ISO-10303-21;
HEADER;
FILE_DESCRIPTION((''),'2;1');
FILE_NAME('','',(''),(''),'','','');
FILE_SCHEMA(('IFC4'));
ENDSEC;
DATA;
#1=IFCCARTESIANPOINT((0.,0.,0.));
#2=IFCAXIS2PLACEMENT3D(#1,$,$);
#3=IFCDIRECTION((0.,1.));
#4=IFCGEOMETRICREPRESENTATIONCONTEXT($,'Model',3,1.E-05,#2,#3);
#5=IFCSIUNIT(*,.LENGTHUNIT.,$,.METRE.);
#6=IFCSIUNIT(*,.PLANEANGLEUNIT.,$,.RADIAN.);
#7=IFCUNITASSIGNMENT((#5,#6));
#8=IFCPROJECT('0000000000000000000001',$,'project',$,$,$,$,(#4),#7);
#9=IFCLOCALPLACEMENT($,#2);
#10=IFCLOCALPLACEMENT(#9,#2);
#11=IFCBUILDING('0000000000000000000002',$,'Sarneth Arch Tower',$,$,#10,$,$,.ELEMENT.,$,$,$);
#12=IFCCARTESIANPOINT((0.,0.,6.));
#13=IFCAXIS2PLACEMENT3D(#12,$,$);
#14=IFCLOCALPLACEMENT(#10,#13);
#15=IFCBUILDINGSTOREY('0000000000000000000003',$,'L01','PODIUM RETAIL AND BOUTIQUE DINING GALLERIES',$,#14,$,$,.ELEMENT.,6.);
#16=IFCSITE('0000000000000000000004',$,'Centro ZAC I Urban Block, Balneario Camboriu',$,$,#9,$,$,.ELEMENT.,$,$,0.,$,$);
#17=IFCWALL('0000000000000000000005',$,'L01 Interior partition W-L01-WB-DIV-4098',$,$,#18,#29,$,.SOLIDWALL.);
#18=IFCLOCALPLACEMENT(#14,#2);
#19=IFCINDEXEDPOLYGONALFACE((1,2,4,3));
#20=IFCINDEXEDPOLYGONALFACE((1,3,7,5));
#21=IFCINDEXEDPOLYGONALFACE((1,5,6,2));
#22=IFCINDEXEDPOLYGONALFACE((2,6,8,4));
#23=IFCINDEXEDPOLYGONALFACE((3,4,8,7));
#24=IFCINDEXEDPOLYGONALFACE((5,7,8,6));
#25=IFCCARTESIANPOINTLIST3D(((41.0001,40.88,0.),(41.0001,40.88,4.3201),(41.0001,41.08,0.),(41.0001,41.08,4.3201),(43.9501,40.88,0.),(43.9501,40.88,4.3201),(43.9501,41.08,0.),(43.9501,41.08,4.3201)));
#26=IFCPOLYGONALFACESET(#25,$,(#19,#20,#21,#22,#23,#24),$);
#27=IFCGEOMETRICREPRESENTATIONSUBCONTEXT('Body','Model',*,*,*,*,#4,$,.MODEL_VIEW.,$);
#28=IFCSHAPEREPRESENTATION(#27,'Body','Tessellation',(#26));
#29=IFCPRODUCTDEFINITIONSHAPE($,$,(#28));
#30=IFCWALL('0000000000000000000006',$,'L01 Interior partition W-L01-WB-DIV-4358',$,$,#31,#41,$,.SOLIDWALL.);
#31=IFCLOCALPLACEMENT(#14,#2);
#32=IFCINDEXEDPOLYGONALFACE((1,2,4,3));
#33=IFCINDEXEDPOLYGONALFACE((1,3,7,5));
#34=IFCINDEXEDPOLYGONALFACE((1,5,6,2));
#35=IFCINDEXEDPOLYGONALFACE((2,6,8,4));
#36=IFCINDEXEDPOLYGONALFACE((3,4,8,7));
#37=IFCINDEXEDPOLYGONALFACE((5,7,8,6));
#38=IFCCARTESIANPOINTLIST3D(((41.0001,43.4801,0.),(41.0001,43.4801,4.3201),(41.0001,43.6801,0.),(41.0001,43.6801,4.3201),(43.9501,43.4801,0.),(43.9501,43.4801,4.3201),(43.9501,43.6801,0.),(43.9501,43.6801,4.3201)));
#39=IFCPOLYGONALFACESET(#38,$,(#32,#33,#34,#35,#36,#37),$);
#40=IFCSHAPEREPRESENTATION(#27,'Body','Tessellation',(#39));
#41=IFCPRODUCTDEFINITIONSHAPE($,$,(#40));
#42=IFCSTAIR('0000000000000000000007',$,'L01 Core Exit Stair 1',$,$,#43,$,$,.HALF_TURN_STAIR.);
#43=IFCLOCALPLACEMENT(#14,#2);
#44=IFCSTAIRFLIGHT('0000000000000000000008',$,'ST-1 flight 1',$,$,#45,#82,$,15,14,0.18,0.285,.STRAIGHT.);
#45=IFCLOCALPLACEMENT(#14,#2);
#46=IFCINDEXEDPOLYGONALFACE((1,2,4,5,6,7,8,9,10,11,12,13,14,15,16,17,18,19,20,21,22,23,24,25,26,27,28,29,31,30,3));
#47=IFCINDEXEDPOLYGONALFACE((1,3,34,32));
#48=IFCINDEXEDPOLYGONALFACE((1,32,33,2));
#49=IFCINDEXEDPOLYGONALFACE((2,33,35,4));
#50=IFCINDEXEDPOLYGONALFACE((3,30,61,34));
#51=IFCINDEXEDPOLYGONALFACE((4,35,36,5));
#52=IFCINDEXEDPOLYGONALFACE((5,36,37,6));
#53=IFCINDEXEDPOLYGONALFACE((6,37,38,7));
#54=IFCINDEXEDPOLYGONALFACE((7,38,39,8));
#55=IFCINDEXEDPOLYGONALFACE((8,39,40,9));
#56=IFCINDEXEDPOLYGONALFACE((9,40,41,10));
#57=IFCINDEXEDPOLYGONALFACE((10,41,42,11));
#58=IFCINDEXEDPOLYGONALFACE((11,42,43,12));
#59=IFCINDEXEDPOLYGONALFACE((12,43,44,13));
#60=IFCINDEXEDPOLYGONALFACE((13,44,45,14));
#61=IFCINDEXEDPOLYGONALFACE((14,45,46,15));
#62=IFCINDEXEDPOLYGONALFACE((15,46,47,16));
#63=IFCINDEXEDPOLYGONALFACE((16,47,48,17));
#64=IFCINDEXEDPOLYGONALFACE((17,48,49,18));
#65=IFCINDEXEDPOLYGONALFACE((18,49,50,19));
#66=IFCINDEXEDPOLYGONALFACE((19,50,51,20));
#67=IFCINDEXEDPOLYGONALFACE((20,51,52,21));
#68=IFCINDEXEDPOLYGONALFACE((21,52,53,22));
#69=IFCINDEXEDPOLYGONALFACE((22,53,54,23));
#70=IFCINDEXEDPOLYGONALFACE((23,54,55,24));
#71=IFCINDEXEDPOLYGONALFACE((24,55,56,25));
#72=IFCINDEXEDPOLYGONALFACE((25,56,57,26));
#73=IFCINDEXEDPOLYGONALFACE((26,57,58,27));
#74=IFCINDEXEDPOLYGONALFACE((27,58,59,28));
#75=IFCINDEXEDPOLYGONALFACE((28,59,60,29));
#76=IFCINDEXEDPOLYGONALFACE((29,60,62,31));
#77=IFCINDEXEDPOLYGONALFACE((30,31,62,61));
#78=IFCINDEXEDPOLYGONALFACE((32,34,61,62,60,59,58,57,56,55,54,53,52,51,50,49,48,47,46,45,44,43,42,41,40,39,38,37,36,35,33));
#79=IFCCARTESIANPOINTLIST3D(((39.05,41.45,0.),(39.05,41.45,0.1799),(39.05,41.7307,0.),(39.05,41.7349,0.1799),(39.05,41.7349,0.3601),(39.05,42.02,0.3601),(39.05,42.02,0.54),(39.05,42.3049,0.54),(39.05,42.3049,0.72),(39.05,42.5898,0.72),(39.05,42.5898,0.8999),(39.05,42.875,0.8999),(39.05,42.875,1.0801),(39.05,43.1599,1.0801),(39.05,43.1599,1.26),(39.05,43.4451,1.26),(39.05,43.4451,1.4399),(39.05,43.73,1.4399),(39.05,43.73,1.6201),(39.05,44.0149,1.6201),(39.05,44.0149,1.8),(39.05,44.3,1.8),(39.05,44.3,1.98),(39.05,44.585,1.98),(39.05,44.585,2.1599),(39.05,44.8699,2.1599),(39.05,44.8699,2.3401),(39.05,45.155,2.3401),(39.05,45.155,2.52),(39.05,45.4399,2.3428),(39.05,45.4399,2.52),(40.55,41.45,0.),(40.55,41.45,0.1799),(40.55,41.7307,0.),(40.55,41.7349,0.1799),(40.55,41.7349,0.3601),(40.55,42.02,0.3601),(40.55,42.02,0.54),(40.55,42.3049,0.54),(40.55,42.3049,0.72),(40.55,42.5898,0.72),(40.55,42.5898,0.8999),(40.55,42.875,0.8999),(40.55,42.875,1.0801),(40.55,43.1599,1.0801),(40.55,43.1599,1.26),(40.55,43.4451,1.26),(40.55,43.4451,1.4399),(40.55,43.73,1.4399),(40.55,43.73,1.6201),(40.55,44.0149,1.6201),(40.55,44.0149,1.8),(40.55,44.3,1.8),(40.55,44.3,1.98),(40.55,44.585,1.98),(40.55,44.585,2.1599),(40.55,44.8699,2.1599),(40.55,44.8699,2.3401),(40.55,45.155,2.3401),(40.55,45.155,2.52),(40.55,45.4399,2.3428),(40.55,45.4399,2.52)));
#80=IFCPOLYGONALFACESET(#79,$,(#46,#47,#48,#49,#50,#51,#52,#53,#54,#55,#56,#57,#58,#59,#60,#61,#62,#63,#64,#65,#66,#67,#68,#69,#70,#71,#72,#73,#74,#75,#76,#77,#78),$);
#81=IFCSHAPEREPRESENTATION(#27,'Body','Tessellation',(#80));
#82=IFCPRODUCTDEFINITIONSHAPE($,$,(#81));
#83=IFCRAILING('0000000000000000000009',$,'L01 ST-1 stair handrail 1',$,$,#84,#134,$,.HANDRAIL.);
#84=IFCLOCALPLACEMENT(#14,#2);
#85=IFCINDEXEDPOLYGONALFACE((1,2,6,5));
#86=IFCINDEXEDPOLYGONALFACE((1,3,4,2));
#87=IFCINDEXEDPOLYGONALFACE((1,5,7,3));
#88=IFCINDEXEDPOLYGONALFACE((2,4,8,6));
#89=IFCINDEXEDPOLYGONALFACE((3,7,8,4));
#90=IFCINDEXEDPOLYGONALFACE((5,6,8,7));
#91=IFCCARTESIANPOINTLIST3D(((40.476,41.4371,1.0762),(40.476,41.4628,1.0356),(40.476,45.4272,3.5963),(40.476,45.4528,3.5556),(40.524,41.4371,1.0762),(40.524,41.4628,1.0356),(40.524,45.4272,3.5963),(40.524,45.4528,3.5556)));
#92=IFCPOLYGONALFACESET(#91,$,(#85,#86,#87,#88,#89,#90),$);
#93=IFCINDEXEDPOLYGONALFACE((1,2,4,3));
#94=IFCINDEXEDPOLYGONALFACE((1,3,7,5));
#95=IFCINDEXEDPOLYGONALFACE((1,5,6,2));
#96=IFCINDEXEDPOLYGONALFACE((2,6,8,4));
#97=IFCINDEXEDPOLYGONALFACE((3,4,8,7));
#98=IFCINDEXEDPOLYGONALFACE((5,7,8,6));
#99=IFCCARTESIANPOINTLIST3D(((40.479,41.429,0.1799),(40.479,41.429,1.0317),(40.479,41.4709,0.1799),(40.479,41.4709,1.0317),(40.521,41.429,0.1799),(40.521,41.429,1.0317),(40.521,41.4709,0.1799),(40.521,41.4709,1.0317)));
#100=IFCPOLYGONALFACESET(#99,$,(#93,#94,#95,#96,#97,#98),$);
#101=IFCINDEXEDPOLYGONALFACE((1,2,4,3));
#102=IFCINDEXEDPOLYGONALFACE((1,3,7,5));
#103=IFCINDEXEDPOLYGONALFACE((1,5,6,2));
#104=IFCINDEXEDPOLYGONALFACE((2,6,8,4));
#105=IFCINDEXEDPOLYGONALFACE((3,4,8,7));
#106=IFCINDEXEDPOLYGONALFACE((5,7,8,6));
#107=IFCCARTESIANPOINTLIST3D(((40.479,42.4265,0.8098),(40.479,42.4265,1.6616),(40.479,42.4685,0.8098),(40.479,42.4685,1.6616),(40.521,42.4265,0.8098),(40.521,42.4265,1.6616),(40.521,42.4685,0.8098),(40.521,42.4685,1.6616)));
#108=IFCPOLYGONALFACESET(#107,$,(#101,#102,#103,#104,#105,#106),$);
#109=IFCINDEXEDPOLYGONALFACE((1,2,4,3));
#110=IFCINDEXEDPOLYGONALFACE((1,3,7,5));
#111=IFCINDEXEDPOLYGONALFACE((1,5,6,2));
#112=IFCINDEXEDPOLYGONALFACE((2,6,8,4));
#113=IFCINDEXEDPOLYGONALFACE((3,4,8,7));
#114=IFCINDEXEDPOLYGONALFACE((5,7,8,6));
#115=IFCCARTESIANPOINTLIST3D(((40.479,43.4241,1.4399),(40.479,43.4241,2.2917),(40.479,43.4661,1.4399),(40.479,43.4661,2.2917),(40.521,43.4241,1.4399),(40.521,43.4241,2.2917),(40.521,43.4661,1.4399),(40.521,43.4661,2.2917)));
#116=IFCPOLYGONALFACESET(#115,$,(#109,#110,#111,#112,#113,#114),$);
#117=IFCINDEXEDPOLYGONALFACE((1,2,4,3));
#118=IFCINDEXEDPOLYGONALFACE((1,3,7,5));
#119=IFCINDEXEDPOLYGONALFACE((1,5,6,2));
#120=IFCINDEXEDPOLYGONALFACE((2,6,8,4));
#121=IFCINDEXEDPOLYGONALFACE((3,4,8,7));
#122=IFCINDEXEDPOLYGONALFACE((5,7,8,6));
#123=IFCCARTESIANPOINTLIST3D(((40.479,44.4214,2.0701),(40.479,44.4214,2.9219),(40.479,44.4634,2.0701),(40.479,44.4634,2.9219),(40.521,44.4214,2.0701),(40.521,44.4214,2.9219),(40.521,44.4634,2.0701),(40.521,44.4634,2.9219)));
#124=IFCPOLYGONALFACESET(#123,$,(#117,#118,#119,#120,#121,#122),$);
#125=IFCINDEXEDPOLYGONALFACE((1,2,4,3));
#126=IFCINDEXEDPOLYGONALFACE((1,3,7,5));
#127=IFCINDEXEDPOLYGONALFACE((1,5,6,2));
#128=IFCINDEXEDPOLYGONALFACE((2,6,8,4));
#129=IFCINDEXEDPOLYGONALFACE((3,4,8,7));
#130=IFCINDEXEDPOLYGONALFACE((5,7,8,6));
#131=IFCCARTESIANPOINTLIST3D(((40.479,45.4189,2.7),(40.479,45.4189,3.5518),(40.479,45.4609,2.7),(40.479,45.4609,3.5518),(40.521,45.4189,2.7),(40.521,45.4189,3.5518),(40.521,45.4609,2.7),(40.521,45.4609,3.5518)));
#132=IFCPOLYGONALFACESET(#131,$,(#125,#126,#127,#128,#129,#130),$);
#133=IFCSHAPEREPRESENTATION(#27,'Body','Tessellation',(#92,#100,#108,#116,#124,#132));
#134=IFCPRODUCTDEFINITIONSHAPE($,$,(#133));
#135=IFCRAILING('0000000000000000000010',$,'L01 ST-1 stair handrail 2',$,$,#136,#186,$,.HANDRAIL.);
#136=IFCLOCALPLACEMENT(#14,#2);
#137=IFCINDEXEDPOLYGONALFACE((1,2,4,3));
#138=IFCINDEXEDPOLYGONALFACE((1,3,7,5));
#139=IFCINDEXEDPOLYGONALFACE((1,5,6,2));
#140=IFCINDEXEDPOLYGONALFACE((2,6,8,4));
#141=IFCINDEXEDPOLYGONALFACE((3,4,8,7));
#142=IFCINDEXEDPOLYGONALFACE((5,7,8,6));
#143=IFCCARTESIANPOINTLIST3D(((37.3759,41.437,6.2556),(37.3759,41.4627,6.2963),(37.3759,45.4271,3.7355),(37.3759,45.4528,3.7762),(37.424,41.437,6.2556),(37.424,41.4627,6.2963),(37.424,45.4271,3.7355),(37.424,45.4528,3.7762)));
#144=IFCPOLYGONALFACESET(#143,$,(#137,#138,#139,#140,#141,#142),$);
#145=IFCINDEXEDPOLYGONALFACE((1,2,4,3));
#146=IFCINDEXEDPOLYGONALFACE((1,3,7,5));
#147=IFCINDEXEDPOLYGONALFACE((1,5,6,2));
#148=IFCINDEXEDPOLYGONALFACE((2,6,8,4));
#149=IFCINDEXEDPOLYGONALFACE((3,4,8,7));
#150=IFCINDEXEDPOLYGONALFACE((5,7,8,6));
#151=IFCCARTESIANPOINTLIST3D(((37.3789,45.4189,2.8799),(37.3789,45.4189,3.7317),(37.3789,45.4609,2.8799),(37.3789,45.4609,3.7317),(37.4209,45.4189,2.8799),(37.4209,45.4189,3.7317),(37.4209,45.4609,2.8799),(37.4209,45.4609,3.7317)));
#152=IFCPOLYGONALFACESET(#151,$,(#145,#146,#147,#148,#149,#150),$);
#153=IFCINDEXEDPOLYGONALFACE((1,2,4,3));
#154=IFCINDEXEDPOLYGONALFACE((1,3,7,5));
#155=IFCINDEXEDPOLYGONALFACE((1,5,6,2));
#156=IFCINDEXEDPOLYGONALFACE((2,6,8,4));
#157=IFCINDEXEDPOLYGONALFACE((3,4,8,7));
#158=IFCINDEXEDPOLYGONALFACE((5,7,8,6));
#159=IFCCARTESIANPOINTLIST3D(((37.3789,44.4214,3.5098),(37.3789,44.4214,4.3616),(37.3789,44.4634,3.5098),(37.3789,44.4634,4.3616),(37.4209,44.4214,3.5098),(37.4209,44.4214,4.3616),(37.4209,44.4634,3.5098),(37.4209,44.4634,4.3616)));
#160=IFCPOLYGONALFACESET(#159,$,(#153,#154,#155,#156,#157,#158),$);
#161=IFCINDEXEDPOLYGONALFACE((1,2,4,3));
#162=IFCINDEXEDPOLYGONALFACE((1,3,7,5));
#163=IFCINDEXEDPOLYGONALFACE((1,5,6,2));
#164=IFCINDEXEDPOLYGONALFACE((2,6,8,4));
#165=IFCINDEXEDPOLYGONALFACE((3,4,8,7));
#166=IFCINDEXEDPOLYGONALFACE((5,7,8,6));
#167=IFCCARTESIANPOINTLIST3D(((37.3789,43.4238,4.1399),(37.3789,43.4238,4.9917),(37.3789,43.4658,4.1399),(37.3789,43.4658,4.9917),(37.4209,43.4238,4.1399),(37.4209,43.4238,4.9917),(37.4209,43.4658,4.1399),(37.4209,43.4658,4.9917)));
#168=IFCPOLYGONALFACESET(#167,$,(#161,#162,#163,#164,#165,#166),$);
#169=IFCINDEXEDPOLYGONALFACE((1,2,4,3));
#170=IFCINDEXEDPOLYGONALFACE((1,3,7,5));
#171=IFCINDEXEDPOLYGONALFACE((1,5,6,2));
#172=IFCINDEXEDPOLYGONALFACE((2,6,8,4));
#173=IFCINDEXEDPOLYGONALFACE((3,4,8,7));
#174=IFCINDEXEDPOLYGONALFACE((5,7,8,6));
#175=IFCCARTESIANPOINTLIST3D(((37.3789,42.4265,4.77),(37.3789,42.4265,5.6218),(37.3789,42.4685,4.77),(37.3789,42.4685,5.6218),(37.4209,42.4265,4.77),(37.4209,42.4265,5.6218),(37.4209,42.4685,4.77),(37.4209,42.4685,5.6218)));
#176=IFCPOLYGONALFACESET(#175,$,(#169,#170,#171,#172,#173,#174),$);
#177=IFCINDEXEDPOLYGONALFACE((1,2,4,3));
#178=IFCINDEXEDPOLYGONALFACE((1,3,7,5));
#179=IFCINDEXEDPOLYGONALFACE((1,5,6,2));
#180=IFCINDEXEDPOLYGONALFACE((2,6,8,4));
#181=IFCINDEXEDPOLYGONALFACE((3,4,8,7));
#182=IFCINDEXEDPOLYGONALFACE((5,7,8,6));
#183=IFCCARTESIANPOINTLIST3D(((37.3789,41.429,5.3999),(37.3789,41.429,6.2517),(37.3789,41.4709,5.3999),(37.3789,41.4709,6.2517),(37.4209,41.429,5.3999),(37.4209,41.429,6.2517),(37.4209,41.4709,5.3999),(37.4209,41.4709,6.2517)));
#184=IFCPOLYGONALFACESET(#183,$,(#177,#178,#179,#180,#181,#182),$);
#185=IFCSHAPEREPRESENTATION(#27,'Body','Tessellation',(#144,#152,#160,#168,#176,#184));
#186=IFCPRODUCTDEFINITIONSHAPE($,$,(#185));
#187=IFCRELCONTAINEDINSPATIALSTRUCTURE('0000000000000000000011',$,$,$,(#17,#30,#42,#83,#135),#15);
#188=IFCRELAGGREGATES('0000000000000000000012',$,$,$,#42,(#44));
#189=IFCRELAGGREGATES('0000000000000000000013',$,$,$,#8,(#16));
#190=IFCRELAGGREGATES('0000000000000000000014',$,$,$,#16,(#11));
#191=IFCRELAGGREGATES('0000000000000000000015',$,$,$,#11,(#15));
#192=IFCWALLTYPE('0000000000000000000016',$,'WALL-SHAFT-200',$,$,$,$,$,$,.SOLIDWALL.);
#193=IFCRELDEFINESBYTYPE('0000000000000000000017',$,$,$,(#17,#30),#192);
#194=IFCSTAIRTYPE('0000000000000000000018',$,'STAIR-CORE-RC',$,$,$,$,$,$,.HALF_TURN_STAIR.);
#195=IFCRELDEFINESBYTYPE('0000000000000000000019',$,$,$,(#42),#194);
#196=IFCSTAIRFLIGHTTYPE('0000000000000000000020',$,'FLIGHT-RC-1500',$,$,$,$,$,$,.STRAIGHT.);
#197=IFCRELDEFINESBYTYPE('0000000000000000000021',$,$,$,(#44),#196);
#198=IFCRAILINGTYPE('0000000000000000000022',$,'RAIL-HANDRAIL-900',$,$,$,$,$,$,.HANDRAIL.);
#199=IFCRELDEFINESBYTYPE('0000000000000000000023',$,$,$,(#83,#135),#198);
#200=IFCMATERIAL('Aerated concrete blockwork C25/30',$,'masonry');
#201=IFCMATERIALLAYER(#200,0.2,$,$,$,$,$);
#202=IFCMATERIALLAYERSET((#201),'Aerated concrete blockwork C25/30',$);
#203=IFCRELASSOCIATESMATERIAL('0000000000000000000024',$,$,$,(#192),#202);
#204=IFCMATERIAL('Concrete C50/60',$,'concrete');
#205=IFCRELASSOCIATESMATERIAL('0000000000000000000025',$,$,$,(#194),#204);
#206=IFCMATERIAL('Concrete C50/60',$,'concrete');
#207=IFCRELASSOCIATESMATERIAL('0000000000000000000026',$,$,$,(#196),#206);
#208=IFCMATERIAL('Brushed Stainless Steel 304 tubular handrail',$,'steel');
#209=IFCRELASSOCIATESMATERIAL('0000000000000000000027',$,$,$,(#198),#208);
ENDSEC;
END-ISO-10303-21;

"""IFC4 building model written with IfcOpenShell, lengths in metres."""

from ifc_helpers import new_model, si_unit, direction, frame, frame_2d, origin, origin_2d, place, context, subcontext, project, spatial, polyline, rectangle, outline, extrude, material, layer, layer_set, type_object, element, aggregate, save


model = new_model("IFC4")

# Units and contexts
model_context = context("Model", 3, precision=1e-05, world=origin(), true_north=direction((0.0, 1.0)))
body_context = subcontext(model_context, "Body", "Model", "MODEL_VIEW")
ifc_project = project(units=[si_unit("LENGTHUNIT", "METRE"), si_unit("PLANEANGLEUNIT", "RADIAN")], contexts=[model_context])

# Site, building, storey
site_placement = place(None, origin())
site = spatial("IfcSite", under=ifc_project, at=site_placement, Name="Centro ZAC I Urban Block, Balneario Camboriu", CompositionType="ELEMENT", RefElevation=0.0)
building_placement = place(site_placement, origin())
building = spatial("IfcBuilding", under=site, at=building_placement, Name="Sarneth Arch Tower", CompositionType="ELEMENT")
storey_placement = place(building_placement, frame((0.0, 0.0, 6.0)))
storey = spatial("IfcBuildingStorey", under=building, at=storey_placement, Name="L01", Description="PODIUM RETAIL AND BOUTIQUE DINING GALLERIES", CompositionType="ELEMENT", Elevation=6.0)

# Shared definitions
ifc_material_1 = material(Name="Aerated concrete blockwork C25/30", Category="masonry")
ifc_layer_1 = layer(ifc_material_1, 0.2)
ifc_layer_set_1 = layer_set([ifc_layer_1], Name="Aerated concrete blockwork C25/30")
wall_type_1 = type_object("IfcWallType", Name="WALL-SHAFT-200", PredefinedType="SOLIDWALL", material=ifc_layer_set_1)

# Walls
for number, where, z_axis, x_axis, name in (
    (1, (41.0, 40.98, 0.0), (0.0, 0.0, 1.0), (1.0, 0.0, 0.0), "L01 Interior partition W-L01-WB-DIV-4098"),
    (2, (41.0, 43.5801, 0.0), (0.0, 0.0, 1.0), (1.0, 0.0, 0.0), "L01 Interior partition W-L01-WB-DIV-4358"),
):
    element("IfcWall", number, at=place(storey_placement, frame(where, z_axis=z_axis, x_axis=x_axis)), inside=storey, type_object=wall_type_1, Name=name, PredefinedType="SOLIDWALL", context=body_context, shape_type="SweptSolid", body=[
        extrude(rectangle(XDim=2.95, YDim=0.2, at=frame_2d((1.4751, 0.0))), origin(), (0.0, 0.0, 1.0), 4.3201),
    ])

# Stair, stair flight
ifc_material_2 = material(Name="Concrete C50/60", Category="concrete")
stair_type = type_object("IfcStairType", Name="STAIR-CORE-RC", PredefinedType="HALF_TURN_STAIR", material=ifc_material_2)
stair_placement = place(storey_placement, origin())
stair = element("IfcStair", 3, at=stair_placement, inside=storey, type_object=stair_type, Name="L01 Core Exit Stair 1", PredefinedType="HALF_TURN_STAIR")
ifc_material_3 = material(Name="Concrete C50/60", Category="concrete")
stair_flight_type = type_object("IfcStairFlightType", Name="FLIGHT-RC-1500", PredefinedType="STRAIGHT", material=ifc_material_3)
stair_flight_placement = place(storey_placement, frame((39.8, 41.45, 0.0), z_axis=(0.0, 0.0, 1.0), x_axis=(0.0, 1.0, 0.0)))
stair_flight = element("IfcStairFlight", 4, at=stair_flight_placement, type_object=stair_flight_type, Name="ST-1 flight 1", NumberOfRisers=15, NumberOfTreads=14, PredefinedType="STRAIGHT", RiserHeight=0.18, TreadLength=0.285, context=body_context, shape_type="SweptSolid", body=[
    extrude(outline(polyline([(0.0, 0.0), (0.0, 0.1799), (0.2849, 0.1799), (0.2849, 0.3601), (0.5701, 0.3601), (0.5701, 0.54), (0.855, 0.54), (0.855, 0.72), (1.1399, 0.72), (1.1399, 0.8999), (1.425, 0.8999), (1.425, 1.0801), (1.71, 1.0801), (1.71, 1.26), (1.9951, 1.26), (1.9951, 1.4399), (2.28, 1.4399), (2.28, 1.6201), (2.5649, 1.6201), (2.5649, 1.8), (2.8501, 1.8), (2.8501, 1.98), (3.135, 1.98), (3.135, 2.1599), (3.4199, 2.1599), (3.4199, 2.3401), (3.7051, 2.3401), (3.7051, 2.52), (3.99, 2.52), (3.99, 2.7), (3.99, 2.3428), (0.2808, 0.0), (0.0, 0.0)])), frame((0.0, 0.75, 0.0), z_axis=(0.0, -1.0, 0.0), x_axis=(1.0, 0.0, 0.0)), (0.0, 0.0, 1.0), 1.5),
])
aggregate(stair, [stair_flight])

# Railings
ifc_material_4 = material(Name="Brushed Stainless Steel 304 tubular handrail", Category="steel")
railing_type_1 = type_object("IfcRailingType", Name="RAIL-HANDRAIL-900", PredefinedType="HANDRAIL", material=ifc_material_4)
railing_1_placement = place(storey_placement, frame((40.5, 41.45, 0.1799)))
element("IfcRailing", 5, at=railing_1_placement, inside=storey, type_object=railing_type_1, Name="L01 ST-1 stair handrail 1", PredefinedType="HANDRAIL", context=body_context, shape_type="SweptSolid", body=[
    extrude(rectangle(XDim=0.0481, YDim=0.0481, at=origin_2d()), frame((0.0, 0.0, 0.876), z_axis=(0.0, 0.845486, 0.533997), x_axis=(-1.0, 0.0, 0.0)), (0.0, 0.0, 1.0), 4.7192),
    extrude(rectangle(XDim=0.042, YDim=0.042, at=origin_2d()), origin(), (0.0, 0.0, 1.0), 0.8518),
    extrude(rectangle(XDim=0.042, YDim=0.042, at=origin_2d()), frame((0.0, 0.9976, 0.6299)), (0.0, 0.0, 1.0), 0.8518),
    extrude(rectangle(XDim=0.042, YDim=0.042, at=origin_2d()), frame((0.0, 1.9951, 1.26)), (0.0, 0.0, 1.0), 0.8518),
    extrude(rectangle(XDim=0.042, YDim=0.042, at=origin_2d()), frame((0.0, 2.9924, 1.8901)), (0.0, 0.0, 1.0), 0.8518),
    extrude(rectangle(XDim=0.042, YDim=0.042, at=origin_2d()), frame((0.0, 3.99, 2.52)), (0.0, 0.0, 1.0), 0.8518),
])
railing_2_placement = place(storey_placement, frame((37.3999, 45.4399, 2.8799)))
element("IfcRailing", 6, at=railing_2_placement, inside=storey, type_object=railing_type_1, Name="L01 ST-1 stair handrail 2", PredefinedType="HANDRAIL", context=body_context, shape_type="SweptSolid", body=[
    extrude(rectangle(XDim=0.0481, YDim=0.0481, at=origin_2d()), frame((0.0, 0.0, 0.876), z_axis=(0.0, -0.845486, 0.533997), x_axis=(1.0, 0.0, 0.0)), (0.0, 0.0, 1.0), 4.7192),
    extrude(rectangle(XDim=0.042, YDim=0.042, at=origin_2d()), origin(), (0.0, 0.0, 1.0), 0.8518),
    extrude(rectangle(XDim=0.042, YDim=0.042, at=origin_2d()), frame((0.0, -0.9976, 0.6299)), (0.0, 0.0, 1.0), 0.8518),
    extrude(rectangle(XDim=0.042, YDim=0.042, at=origin_2d()), frame((0.0, -1.9951, 1.26)), (0.0, 0.0, 1.0), 0.8518),
    extrude(rectangle(XDim=0.042, YDim=0.042, at=origin_2d()), frame((0.0, -2.9924, 1.8901)), (0.0, 0.0, 1.0), 0.8518),
    extrude(rectangle(XDim=0.042, YDim=0.042, at=origin_2d()), frame((0.0, -3.99, 2.52)), (0.0, 0.0, 1.0), 0.8518),
])

save(model, "model.ifc")
